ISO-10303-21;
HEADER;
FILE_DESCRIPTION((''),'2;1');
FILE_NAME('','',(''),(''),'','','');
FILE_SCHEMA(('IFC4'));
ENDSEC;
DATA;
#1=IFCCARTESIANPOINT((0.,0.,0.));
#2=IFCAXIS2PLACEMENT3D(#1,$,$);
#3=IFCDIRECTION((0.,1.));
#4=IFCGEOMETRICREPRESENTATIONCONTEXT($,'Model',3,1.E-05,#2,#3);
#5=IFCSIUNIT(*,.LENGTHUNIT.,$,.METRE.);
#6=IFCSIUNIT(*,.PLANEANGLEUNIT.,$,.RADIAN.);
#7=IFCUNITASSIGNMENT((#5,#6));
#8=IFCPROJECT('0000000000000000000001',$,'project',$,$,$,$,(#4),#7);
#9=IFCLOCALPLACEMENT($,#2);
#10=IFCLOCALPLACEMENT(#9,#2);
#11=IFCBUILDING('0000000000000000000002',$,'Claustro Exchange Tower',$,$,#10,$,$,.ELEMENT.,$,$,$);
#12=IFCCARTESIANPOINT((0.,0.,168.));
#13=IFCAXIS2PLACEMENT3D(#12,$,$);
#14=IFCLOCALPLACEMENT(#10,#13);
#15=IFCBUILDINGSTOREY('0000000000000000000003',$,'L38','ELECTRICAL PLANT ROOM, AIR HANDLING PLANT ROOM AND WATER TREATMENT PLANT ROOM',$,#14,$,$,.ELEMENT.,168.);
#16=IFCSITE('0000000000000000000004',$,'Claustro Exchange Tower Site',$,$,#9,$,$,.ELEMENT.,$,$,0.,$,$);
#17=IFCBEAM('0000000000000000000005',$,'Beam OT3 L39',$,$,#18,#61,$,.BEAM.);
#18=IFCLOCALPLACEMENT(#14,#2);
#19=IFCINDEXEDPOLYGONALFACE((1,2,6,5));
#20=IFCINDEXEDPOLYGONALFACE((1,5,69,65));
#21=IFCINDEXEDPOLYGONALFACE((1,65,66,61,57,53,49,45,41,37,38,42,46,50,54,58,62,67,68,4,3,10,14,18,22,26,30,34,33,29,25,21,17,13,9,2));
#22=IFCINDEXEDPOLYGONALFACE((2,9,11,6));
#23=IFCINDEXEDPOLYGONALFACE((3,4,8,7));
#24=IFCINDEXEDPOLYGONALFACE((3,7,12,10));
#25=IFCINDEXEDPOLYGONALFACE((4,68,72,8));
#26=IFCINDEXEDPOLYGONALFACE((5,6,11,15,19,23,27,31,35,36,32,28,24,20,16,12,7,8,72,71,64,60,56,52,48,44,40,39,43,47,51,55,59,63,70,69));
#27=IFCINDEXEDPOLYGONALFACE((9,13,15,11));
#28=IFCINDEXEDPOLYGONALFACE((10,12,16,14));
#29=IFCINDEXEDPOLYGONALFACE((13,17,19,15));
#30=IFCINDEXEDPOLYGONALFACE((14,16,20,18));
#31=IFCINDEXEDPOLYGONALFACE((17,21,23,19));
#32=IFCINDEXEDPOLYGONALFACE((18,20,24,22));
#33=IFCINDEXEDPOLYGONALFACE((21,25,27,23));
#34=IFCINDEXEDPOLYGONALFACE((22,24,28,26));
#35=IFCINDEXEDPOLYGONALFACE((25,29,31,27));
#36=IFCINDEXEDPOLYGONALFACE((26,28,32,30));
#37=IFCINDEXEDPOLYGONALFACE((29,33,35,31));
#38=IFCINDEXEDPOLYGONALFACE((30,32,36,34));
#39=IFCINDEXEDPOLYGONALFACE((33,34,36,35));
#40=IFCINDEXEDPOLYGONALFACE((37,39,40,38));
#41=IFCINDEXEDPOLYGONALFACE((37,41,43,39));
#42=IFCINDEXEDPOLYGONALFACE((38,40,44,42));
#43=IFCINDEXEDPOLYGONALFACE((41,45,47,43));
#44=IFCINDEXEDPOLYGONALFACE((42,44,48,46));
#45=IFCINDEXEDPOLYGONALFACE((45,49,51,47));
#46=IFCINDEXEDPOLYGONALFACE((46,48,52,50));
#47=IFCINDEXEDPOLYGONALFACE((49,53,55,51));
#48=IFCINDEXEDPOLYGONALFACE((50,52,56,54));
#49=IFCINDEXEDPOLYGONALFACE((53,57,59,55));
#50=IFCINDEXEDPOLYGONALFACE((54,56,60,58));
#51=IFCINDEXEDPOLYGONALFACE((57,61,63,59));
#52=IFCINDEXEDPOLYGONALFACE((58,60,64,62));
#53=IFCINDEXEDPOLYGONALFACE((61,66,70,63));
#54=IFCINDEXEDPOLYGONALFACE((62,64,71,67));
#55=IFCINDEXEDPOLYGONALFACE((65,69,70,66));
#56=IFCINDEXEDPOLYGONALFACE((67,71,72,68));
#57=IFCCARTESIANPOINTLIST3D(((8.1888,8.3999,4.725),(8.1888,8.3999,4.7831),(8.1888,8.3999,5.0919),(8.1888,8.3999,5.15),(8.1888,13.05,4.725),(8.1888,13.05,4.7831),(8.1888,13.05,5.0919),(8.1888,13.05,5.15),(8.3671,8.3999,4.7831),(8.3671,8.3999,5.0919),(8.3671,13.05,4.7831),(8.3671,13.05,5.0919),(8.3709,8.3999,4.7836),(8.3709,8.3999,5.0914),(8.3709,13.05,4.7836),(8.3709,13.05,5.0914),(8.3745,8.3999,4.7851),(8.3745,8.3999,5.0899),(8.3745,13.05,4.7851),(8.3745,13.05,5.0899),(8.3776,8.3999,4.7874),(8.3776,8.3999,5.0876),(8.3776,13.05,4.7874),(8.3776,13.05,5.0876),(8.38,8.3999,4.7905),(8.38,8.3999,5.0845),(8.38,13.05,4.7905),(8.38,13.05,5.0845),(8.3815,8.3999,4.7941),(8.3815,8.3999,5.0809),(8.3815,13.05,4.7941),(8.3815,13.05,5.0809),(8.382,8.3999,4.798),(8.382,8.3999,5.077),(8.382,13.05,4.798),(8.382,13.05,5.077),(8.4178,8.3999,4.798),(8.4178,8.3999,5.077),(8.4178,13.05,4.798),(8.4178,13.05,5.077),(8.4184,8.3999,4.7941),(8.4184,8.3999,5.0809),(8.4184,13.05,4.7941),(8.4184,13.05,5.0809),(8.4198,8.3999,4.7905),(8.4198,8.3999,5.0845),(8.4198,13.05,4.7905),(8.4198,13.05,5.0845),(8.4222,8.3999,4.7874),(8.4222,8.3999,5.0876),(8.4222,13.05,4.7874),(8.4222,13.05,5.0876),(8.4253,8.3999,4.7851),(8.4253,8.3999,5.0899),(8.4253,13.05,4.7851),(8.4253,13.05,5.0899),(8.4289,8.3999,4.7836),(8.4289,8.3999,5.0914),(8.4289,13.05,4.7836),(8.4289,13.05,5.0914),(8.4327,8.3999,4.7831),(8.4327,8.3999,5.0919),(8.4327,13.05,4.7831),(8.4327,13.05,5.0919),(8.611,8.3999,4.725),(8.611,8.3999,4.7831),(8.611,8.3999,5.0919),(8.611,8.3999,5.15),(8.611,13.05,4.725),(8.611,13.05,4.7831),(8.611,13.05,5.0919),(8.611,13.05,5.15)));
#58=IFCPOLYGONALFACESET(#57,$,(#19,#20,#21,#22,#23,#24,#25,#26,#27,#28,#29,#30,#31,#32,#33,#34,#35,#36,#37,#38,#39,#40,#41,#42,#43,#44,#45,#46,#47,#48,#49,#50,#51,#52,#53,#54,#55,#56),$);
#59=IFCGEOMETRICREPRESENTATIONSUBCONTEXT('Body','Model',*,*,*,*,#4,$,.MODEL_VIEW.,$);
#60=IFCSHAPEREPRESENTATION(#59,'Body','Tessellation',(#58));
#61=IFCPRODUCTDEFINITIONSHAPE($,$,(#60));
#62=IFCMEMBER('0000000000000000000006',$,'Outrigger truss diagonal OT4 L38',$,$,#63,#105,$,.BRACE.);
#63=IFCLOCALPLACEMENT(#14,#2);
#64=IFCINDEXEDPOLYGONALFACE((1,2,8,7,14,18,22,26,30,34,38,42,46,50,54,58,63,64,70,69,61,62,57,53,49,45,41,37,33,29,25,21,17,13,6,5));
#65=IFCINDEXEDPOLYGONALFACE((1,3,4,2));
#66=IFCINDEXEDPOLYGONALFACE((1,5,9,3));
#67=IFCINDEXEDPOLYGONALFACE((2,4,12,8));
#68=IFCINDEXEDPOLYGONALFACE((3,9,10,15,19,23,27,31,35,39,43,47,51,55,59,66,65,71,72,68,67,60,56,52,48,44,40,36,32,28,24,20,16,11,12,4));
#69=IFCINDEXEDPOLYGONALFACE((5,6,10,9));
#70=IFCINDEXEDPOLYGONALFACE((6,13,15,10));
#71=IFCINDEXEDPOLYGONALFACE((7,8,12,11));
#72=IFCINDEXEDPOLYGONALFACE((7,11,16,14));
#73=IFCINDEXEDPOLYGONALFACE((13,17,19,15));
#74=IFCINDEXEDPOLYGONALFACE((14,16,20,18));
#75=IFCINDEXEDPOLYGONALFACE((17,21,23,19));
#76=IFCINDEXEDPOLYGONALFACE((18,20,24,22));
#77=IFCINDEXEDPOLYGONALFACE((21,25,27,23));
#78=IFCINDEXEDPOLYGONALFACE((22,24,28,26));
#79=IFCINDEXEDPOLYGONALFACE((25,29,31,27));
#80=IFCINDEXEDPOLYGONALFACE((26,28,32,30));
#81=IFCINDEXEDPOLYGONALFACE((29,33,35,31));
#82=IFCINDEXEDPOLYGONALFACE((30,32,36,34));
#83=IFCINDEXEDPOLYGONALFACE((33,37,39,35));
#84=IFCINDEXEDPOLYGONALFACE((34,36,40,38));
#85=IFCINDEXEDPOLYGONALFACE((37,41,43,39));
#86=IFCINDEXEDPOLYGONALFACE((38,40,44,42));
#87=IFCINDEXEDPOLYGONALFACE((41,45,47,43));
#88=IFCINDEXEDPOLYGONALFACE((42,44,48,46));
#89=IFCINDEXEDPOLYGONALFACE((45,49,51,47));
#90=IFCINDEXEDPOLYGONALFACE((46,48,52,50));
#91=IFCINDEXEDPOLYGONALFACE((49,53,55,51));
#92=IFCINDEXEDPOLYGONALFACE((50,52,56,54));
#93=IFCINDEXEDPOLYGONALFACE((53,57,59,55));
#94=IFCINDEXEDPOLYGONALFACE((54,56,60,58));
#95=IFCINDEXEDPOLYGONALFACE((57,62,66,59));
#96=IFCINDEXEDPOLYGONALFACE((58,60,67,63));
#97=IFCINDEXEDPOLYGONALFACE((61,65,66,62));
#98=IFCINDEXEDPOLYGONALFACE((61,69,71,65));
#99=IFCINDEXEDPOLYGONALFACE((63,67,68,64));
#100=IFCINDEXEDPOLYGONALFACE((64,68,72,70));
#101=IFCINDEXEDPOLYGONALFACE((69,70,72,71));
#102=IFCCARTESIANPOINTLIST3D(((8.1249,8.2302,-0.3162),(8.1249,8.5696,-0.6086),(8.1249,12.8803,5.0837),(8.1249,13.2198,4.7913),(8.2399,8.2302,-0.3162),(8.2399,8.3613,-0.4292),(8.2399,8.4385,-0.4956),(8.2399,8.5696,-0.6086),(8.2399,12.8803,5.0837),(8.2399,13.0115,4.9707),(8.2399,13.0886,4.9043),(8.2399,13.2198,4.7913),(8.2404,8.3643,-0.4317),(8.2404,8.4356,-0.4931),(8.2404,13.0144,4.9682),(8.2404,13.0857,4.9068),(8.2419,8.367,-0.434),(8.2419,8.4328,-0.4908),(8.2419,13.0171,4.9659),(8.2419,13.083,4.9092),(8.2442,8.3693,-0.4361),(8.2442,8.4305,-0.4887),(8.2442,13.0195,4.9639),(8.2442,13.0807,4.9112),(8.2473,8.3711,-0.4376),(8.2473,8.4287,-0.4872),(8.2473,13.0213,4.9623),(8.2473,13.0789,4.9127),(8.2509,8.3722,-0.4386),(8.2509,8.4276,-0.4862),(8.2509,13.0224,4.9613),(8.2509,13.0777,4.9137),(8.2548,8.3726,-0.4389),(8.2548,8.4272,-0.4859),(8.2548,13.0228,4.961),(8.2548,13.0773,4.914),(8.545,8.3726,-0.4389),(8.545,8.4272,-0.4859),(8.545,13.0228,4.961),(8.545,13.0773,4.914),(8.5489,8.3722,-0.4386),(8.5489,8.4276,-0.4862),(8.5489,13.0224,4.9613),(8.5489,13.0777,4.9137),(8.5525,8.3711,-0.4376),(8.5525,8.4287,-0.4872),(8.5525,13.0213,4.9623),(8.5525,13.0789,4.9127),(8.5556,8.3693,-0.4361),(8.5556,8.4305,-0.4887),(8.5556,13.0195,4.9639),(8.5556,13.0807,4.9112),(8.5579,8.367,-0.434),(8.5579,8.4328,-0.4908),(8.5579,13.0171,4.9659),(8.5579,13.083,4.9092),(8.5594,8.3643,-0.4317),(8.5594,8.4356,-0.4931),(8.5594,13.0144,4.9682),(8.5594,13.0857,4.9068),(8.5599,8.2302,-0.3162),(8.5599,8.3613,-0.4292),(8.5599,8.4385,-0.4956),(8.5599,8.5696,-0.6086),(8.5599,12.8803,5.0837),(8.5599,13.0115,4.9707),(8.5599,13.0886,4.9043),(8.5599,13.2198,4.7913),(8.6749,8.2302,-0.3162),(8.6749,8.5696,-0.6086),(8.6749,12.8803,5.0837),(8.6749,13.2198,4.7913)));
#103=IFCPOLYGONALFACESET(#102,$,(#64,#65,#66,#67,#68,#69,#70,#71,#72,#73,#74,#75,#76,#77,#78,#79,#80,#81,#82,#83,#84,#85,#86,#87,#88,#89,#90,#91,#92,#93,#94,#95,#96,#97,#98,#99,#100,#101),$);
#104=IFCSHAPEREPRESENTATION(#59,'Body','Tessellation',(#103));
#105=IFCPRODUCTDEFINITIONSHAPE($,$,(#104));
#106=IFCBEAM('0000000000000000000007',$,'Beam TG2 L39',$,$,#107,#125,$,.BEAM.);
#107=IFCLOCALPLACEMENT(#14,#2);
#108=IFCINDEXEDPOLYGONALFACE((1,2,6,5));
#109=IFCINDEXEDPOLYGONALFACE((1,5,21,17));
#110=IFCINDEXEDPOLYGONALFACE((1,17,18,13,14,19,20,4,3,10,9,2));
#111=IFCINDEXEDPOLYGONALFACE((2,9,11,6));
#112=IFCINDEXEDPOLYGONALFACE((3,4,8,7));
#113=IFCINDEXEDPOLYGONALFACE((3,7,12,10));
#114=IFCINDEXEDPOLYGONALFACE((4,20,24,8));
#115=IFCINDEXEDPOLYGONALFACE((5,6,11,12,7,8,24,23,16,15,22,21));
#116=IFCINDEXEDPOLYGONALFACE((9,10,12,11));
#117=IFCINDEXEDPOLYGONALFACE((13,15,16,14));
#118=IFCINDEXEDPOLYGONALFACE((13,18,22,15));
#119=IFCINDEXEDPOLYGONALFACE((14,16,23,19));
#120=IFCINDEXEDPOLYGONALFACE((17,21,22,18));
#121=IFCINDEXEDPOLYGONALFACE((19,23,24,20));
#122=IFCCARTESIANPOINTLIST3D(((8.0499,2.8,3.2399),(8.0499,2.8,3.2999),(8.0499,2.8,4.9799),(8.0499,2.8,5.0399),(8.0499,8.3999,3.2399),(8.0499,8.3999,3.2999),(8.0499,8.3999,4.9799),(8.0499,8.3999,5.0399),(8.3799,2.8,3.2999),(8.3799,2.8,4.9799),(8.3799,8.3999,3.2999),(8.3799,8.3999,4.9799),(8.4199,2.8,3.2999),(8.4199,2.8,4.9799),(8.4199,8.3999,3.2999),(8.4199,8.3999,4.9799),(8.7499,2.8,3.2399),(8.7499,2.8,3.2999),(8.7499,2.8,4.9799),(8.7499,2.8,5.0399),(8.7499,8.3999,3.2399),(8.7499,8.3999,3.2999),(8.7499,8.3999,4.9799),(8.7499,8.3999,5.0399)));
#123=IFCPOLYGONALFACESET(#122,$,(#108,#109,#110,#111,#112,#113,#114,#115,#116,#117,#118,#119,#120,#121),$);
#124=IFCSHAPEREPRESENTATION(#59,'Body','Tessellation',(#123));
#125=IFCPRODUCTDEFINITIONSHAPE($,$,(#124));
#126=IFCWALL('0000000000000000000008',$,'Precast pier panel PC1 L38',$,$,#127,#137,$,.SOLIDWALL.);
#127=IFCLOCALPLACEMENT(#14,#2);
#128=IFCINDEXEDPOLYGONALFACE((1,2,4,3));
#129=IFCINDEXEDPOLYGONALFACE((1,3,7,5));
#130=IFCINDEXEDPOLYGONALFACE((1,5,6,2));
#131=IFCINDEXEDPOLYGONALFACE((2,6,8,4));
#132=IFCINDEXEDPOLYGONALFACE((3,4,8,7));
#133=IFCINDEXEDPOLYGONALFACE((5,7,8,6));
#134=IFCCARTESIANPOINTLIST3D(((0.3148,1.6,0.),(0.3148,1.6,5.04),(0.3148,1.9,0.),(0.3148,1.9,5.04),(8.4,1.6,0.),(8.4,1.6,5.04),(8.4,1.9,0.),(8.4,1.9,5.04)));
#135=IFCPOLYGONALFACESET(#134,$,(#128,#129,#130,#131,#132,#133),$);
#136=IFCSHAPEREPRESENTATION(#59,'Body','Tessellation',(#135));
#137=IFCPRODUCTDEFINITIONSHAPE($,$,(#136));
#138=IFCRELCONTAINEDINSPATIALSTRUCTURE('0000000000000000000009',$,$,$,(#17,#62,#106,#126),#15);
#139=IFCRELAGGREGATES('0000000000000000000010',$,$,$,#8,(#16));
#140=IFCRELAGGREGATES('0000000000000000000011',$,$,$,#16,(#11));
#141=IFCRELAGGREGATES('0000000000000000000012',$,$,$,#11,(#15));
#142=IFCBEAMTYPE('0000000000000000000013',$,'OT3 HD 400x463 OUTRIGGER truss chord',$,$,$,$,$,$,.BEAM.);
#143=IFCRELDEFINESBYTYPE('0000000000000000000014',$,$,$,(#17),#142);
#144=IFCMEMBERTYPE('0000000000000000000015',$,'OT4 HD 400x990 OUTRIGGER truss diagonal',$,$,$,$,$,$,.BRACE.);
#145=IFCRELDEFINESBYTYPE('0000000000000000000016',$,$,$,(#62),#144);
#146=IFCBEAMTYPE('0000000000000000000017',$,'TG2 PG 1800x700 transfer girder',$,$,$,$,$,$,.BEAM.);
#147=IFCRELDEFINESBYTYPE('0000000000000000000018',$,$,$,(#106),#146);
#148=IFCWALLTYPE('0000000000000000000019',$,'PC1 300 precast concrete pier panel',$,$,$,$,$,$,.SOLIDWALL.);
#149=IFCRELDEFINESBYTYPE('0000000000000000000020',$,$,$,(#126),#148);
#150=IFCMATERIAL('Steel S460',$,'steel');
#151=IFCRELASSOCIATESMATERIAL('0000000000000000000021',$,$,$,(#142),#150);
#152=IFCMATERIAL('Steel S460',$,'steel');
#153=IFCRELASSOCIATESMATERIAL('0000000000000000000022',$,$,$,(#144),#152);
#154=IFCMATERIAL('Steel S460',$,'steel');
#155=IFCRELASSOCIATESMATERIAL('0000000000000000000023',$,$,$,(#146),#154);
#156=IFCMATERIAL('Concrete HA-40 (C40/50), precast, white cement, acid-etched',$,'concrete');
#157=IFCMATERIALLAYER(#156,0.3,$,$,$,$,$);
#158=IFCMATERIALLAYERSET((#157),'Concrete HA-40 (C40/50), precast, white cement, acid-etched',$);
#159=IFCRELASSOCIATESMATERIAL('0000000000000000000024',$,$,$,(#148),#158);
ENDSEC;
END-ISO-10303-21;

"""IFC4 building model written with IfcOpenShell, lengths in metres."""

from ifc_helpers import new_model, si_unit, direction, frame, frame_2d, origin, origin_2d, place, context, subcontext, project, spatial, rectangle, i_section, extrude, material, layer, layer_set, material_profile, profile_set, type_object, element, save


model = new_model("IFC4")

# Units and contexts
model_context = context("Model", 3, precision=1e-05, world=origin(), true_north=direction((0.0, 1.0)))
body_context = subcontext(model_context, "Body", "Model", "MODEL_VIEW")
ifc_project = project(units=[si_unit("LENGTHUNIT", "METRE"), si_unit("PLANEANGLEUNIT", "RADIAN")], contexts=[model_context])

# Site, building, storey
site_placement = place(None, origin())
site = spatial("IfcSite", under=ifc_project, at=site_placement, Name="Claustro Exchange Tower Site", CompositionType="ELEMENT", RefElevation=0.0)
building_placement = place(site_placement, origin())
building = spatial("IfcBuilding", under=site, at=building_placement, Name="Claustro Exchange Tower", CompositionType="ELEMENT")
storey_placement = place(building_placement, frame((0.0, 0.0, 168.0)))
storey = spatial("IfcBuildingStorey", under=building, at=storey_placement, Name="L38", Description="ELECTRICAL PLANT ROOM, AIR HANDLING PLANT ROOM AND WATER TREATMENT PLANT ROOM", CompositionType="ELEMENT", Elevation=168.0)

# Beam
ifc_material_1 = material(Name="Steel S460", Category="steel")
ifc_material_profile_1 = material_profile(ifc_material_1, i_section(OverallWidth=0.4221, OverallDepth=0.425, WebThickness=0.0359, FlangeThickness=0.0581, FilletRadius=0.0149, at=origin_2d()), Name="HD 400x463")
ifc_profile_set_1 = profile_set([ifc_material_profile_1], Name="Steel S460")
beam_type_1 = type_object("IfcBeamType", Name="OT3 HD 400x463 OUTRIGGER truss chord", PredefinedType="BEAM", material=ifc_profile_set_1)
beam_1_placement = place(storey_placement, frame((8.3999, 8.3999, 4.9375), z_axis=(0.0, 1.0, 0.0), x_axis=(-1.0, 0.0, 0.0)))
element("IfcBeam", 1, at=beam_1_placement, inside=storey, type_object=beam_type_1, Name="Beam OT3 L39", PredefinedType="BEAM", context=body_context, shape_type="SweptSolid", body=[
    extrude(i_section(OverallWidth=0.4221, OverallDepth=0.425, WebThickness=0.0359, FlangeThickness=0.0581, FilletRadius=0.0149, at=origin_2d()), origin(), (0.0, 0.0, 1.0), 4.6501),
])

# Member
ifc_material_2 = material(Name="Steel S460", Category="steel")
ifc_material_profile_2 = material_profile(ifc_material_2, i_section(OverallWidth=0.448, OverallDepth=0.55, WebThickness=0.072, FlangeThickness=0.115, FilletRadius=0.0149, at=origin_2d()), Name="HD 400x990")
ifc_profile_set_2 = profile_set([ifc_material_profile_2], Name="Steel S460")
member_type = type_object("IfcMemberType", Name="OT4 HD 400x990 OUTRIGGER truss diagonal", PredefinedType="BRACE", material=ifc_profile_set_2)
member_placement = place(storey_placement, frame((8.3999, 8.3999, -0.4624), z_axis=(0.0, 0.652542, 0.757753), x_axis=(0.0, -0.757753, 0.652542)))
element("IfcMember", 2, at=member_placement, inside=storey, type_object=member_type, Name="Outrigger truss diagonal OT4 L38", PredefinedType="BRACE", context=body_context, shape_type="SweptSolid", body=[
    extrude(i_section(OverallWidth=0.448, OverallDepth=0.55, WebThickness=0.072, FlangeThickness=0.115, FilletRadius=0.0149, at=origin_2d()), origin(), (0.0, 0.0, 1.0), 7.1262),
])

# Beam
ifc_material_3 = material(Name="Steel S460", Category="steel")
ifc_material_profile_3 = material_profile(ifc_material_3, i_section(OverallWidth=0.7, OverallDepth=1.8, WebThickness=0.04, FlangeThickness=0.0601, at=origin_2d()), Name="PG 1800x700")
ifc_profile_set_3 = profile_set([ifc_material_profile_3], Name="Steel S460")
beam_type_2 = type_object("IfcBeamType", Name="TG2 PG 1800x700 transfer girder", PredefinedType="BEAM", material=ifc_profile_set_3)
beam_2_placement = place(storey_placement, frame((8.3999, 2.8, 4.1399), z_axis=(0.0, 1.0, 0.0), x_axis=(-1.0, 0.0, 0.0)))
element("IfcBeam", 3, at=beam_2_placement, inside=storey, type_object=beam_type_2, Name="Beam TG2 L39", PredefinedType="BEAM", context=body_context, shape_type="SweptSolid", body=[
    extrude(i_section(OverallWidth=0.7, OverallDepth=1.8, WebThickness=0.04, FlangeThickness=0.0601, at=origin_2d()), origin(), (0.0, 0.0, 1.0), 5.5999),
])

# Wall
ifc_material_4 = material(Name="Concrete HA-40 (C40/50), precast, white cement, acid-etched", Category="concrete")
ifc_layer = layer(ifc_material_4, 0.3)
ifc_layer_set = layer_set([ifc_layer], Name="Concrete HA-40 (C40/50), precast, white cement, acid-etched")
wall_type = type_object("IfcWallType", Name="PC1 300 precast concrete pier panel", PredefinedType="SOLIDWALL", material=ifc_layer_set)
wall_placement = place(storey_placement, frame((8.3999, 1.75, 0.0), z_axis=(0.0, 0.0, 1.0), x_axis=(-1.0, 0.0, 0.0)))
element("IfcWall", 4, at=wall_placement, inside=storey, type_object=wall_type, Name="Precast pier panel PC1 L38", PredefinedType="SOLIDWALL", context=body_context, shape_type="SweptSolid", body=[
    extrude(rectangle(XDim=8.0852, YDim=0.3, at=frame_2d((4.0425, 0.0))), origin(), (0.0, 0.0, 1.0), 5.04),
])

save(model, "model.ifc")
